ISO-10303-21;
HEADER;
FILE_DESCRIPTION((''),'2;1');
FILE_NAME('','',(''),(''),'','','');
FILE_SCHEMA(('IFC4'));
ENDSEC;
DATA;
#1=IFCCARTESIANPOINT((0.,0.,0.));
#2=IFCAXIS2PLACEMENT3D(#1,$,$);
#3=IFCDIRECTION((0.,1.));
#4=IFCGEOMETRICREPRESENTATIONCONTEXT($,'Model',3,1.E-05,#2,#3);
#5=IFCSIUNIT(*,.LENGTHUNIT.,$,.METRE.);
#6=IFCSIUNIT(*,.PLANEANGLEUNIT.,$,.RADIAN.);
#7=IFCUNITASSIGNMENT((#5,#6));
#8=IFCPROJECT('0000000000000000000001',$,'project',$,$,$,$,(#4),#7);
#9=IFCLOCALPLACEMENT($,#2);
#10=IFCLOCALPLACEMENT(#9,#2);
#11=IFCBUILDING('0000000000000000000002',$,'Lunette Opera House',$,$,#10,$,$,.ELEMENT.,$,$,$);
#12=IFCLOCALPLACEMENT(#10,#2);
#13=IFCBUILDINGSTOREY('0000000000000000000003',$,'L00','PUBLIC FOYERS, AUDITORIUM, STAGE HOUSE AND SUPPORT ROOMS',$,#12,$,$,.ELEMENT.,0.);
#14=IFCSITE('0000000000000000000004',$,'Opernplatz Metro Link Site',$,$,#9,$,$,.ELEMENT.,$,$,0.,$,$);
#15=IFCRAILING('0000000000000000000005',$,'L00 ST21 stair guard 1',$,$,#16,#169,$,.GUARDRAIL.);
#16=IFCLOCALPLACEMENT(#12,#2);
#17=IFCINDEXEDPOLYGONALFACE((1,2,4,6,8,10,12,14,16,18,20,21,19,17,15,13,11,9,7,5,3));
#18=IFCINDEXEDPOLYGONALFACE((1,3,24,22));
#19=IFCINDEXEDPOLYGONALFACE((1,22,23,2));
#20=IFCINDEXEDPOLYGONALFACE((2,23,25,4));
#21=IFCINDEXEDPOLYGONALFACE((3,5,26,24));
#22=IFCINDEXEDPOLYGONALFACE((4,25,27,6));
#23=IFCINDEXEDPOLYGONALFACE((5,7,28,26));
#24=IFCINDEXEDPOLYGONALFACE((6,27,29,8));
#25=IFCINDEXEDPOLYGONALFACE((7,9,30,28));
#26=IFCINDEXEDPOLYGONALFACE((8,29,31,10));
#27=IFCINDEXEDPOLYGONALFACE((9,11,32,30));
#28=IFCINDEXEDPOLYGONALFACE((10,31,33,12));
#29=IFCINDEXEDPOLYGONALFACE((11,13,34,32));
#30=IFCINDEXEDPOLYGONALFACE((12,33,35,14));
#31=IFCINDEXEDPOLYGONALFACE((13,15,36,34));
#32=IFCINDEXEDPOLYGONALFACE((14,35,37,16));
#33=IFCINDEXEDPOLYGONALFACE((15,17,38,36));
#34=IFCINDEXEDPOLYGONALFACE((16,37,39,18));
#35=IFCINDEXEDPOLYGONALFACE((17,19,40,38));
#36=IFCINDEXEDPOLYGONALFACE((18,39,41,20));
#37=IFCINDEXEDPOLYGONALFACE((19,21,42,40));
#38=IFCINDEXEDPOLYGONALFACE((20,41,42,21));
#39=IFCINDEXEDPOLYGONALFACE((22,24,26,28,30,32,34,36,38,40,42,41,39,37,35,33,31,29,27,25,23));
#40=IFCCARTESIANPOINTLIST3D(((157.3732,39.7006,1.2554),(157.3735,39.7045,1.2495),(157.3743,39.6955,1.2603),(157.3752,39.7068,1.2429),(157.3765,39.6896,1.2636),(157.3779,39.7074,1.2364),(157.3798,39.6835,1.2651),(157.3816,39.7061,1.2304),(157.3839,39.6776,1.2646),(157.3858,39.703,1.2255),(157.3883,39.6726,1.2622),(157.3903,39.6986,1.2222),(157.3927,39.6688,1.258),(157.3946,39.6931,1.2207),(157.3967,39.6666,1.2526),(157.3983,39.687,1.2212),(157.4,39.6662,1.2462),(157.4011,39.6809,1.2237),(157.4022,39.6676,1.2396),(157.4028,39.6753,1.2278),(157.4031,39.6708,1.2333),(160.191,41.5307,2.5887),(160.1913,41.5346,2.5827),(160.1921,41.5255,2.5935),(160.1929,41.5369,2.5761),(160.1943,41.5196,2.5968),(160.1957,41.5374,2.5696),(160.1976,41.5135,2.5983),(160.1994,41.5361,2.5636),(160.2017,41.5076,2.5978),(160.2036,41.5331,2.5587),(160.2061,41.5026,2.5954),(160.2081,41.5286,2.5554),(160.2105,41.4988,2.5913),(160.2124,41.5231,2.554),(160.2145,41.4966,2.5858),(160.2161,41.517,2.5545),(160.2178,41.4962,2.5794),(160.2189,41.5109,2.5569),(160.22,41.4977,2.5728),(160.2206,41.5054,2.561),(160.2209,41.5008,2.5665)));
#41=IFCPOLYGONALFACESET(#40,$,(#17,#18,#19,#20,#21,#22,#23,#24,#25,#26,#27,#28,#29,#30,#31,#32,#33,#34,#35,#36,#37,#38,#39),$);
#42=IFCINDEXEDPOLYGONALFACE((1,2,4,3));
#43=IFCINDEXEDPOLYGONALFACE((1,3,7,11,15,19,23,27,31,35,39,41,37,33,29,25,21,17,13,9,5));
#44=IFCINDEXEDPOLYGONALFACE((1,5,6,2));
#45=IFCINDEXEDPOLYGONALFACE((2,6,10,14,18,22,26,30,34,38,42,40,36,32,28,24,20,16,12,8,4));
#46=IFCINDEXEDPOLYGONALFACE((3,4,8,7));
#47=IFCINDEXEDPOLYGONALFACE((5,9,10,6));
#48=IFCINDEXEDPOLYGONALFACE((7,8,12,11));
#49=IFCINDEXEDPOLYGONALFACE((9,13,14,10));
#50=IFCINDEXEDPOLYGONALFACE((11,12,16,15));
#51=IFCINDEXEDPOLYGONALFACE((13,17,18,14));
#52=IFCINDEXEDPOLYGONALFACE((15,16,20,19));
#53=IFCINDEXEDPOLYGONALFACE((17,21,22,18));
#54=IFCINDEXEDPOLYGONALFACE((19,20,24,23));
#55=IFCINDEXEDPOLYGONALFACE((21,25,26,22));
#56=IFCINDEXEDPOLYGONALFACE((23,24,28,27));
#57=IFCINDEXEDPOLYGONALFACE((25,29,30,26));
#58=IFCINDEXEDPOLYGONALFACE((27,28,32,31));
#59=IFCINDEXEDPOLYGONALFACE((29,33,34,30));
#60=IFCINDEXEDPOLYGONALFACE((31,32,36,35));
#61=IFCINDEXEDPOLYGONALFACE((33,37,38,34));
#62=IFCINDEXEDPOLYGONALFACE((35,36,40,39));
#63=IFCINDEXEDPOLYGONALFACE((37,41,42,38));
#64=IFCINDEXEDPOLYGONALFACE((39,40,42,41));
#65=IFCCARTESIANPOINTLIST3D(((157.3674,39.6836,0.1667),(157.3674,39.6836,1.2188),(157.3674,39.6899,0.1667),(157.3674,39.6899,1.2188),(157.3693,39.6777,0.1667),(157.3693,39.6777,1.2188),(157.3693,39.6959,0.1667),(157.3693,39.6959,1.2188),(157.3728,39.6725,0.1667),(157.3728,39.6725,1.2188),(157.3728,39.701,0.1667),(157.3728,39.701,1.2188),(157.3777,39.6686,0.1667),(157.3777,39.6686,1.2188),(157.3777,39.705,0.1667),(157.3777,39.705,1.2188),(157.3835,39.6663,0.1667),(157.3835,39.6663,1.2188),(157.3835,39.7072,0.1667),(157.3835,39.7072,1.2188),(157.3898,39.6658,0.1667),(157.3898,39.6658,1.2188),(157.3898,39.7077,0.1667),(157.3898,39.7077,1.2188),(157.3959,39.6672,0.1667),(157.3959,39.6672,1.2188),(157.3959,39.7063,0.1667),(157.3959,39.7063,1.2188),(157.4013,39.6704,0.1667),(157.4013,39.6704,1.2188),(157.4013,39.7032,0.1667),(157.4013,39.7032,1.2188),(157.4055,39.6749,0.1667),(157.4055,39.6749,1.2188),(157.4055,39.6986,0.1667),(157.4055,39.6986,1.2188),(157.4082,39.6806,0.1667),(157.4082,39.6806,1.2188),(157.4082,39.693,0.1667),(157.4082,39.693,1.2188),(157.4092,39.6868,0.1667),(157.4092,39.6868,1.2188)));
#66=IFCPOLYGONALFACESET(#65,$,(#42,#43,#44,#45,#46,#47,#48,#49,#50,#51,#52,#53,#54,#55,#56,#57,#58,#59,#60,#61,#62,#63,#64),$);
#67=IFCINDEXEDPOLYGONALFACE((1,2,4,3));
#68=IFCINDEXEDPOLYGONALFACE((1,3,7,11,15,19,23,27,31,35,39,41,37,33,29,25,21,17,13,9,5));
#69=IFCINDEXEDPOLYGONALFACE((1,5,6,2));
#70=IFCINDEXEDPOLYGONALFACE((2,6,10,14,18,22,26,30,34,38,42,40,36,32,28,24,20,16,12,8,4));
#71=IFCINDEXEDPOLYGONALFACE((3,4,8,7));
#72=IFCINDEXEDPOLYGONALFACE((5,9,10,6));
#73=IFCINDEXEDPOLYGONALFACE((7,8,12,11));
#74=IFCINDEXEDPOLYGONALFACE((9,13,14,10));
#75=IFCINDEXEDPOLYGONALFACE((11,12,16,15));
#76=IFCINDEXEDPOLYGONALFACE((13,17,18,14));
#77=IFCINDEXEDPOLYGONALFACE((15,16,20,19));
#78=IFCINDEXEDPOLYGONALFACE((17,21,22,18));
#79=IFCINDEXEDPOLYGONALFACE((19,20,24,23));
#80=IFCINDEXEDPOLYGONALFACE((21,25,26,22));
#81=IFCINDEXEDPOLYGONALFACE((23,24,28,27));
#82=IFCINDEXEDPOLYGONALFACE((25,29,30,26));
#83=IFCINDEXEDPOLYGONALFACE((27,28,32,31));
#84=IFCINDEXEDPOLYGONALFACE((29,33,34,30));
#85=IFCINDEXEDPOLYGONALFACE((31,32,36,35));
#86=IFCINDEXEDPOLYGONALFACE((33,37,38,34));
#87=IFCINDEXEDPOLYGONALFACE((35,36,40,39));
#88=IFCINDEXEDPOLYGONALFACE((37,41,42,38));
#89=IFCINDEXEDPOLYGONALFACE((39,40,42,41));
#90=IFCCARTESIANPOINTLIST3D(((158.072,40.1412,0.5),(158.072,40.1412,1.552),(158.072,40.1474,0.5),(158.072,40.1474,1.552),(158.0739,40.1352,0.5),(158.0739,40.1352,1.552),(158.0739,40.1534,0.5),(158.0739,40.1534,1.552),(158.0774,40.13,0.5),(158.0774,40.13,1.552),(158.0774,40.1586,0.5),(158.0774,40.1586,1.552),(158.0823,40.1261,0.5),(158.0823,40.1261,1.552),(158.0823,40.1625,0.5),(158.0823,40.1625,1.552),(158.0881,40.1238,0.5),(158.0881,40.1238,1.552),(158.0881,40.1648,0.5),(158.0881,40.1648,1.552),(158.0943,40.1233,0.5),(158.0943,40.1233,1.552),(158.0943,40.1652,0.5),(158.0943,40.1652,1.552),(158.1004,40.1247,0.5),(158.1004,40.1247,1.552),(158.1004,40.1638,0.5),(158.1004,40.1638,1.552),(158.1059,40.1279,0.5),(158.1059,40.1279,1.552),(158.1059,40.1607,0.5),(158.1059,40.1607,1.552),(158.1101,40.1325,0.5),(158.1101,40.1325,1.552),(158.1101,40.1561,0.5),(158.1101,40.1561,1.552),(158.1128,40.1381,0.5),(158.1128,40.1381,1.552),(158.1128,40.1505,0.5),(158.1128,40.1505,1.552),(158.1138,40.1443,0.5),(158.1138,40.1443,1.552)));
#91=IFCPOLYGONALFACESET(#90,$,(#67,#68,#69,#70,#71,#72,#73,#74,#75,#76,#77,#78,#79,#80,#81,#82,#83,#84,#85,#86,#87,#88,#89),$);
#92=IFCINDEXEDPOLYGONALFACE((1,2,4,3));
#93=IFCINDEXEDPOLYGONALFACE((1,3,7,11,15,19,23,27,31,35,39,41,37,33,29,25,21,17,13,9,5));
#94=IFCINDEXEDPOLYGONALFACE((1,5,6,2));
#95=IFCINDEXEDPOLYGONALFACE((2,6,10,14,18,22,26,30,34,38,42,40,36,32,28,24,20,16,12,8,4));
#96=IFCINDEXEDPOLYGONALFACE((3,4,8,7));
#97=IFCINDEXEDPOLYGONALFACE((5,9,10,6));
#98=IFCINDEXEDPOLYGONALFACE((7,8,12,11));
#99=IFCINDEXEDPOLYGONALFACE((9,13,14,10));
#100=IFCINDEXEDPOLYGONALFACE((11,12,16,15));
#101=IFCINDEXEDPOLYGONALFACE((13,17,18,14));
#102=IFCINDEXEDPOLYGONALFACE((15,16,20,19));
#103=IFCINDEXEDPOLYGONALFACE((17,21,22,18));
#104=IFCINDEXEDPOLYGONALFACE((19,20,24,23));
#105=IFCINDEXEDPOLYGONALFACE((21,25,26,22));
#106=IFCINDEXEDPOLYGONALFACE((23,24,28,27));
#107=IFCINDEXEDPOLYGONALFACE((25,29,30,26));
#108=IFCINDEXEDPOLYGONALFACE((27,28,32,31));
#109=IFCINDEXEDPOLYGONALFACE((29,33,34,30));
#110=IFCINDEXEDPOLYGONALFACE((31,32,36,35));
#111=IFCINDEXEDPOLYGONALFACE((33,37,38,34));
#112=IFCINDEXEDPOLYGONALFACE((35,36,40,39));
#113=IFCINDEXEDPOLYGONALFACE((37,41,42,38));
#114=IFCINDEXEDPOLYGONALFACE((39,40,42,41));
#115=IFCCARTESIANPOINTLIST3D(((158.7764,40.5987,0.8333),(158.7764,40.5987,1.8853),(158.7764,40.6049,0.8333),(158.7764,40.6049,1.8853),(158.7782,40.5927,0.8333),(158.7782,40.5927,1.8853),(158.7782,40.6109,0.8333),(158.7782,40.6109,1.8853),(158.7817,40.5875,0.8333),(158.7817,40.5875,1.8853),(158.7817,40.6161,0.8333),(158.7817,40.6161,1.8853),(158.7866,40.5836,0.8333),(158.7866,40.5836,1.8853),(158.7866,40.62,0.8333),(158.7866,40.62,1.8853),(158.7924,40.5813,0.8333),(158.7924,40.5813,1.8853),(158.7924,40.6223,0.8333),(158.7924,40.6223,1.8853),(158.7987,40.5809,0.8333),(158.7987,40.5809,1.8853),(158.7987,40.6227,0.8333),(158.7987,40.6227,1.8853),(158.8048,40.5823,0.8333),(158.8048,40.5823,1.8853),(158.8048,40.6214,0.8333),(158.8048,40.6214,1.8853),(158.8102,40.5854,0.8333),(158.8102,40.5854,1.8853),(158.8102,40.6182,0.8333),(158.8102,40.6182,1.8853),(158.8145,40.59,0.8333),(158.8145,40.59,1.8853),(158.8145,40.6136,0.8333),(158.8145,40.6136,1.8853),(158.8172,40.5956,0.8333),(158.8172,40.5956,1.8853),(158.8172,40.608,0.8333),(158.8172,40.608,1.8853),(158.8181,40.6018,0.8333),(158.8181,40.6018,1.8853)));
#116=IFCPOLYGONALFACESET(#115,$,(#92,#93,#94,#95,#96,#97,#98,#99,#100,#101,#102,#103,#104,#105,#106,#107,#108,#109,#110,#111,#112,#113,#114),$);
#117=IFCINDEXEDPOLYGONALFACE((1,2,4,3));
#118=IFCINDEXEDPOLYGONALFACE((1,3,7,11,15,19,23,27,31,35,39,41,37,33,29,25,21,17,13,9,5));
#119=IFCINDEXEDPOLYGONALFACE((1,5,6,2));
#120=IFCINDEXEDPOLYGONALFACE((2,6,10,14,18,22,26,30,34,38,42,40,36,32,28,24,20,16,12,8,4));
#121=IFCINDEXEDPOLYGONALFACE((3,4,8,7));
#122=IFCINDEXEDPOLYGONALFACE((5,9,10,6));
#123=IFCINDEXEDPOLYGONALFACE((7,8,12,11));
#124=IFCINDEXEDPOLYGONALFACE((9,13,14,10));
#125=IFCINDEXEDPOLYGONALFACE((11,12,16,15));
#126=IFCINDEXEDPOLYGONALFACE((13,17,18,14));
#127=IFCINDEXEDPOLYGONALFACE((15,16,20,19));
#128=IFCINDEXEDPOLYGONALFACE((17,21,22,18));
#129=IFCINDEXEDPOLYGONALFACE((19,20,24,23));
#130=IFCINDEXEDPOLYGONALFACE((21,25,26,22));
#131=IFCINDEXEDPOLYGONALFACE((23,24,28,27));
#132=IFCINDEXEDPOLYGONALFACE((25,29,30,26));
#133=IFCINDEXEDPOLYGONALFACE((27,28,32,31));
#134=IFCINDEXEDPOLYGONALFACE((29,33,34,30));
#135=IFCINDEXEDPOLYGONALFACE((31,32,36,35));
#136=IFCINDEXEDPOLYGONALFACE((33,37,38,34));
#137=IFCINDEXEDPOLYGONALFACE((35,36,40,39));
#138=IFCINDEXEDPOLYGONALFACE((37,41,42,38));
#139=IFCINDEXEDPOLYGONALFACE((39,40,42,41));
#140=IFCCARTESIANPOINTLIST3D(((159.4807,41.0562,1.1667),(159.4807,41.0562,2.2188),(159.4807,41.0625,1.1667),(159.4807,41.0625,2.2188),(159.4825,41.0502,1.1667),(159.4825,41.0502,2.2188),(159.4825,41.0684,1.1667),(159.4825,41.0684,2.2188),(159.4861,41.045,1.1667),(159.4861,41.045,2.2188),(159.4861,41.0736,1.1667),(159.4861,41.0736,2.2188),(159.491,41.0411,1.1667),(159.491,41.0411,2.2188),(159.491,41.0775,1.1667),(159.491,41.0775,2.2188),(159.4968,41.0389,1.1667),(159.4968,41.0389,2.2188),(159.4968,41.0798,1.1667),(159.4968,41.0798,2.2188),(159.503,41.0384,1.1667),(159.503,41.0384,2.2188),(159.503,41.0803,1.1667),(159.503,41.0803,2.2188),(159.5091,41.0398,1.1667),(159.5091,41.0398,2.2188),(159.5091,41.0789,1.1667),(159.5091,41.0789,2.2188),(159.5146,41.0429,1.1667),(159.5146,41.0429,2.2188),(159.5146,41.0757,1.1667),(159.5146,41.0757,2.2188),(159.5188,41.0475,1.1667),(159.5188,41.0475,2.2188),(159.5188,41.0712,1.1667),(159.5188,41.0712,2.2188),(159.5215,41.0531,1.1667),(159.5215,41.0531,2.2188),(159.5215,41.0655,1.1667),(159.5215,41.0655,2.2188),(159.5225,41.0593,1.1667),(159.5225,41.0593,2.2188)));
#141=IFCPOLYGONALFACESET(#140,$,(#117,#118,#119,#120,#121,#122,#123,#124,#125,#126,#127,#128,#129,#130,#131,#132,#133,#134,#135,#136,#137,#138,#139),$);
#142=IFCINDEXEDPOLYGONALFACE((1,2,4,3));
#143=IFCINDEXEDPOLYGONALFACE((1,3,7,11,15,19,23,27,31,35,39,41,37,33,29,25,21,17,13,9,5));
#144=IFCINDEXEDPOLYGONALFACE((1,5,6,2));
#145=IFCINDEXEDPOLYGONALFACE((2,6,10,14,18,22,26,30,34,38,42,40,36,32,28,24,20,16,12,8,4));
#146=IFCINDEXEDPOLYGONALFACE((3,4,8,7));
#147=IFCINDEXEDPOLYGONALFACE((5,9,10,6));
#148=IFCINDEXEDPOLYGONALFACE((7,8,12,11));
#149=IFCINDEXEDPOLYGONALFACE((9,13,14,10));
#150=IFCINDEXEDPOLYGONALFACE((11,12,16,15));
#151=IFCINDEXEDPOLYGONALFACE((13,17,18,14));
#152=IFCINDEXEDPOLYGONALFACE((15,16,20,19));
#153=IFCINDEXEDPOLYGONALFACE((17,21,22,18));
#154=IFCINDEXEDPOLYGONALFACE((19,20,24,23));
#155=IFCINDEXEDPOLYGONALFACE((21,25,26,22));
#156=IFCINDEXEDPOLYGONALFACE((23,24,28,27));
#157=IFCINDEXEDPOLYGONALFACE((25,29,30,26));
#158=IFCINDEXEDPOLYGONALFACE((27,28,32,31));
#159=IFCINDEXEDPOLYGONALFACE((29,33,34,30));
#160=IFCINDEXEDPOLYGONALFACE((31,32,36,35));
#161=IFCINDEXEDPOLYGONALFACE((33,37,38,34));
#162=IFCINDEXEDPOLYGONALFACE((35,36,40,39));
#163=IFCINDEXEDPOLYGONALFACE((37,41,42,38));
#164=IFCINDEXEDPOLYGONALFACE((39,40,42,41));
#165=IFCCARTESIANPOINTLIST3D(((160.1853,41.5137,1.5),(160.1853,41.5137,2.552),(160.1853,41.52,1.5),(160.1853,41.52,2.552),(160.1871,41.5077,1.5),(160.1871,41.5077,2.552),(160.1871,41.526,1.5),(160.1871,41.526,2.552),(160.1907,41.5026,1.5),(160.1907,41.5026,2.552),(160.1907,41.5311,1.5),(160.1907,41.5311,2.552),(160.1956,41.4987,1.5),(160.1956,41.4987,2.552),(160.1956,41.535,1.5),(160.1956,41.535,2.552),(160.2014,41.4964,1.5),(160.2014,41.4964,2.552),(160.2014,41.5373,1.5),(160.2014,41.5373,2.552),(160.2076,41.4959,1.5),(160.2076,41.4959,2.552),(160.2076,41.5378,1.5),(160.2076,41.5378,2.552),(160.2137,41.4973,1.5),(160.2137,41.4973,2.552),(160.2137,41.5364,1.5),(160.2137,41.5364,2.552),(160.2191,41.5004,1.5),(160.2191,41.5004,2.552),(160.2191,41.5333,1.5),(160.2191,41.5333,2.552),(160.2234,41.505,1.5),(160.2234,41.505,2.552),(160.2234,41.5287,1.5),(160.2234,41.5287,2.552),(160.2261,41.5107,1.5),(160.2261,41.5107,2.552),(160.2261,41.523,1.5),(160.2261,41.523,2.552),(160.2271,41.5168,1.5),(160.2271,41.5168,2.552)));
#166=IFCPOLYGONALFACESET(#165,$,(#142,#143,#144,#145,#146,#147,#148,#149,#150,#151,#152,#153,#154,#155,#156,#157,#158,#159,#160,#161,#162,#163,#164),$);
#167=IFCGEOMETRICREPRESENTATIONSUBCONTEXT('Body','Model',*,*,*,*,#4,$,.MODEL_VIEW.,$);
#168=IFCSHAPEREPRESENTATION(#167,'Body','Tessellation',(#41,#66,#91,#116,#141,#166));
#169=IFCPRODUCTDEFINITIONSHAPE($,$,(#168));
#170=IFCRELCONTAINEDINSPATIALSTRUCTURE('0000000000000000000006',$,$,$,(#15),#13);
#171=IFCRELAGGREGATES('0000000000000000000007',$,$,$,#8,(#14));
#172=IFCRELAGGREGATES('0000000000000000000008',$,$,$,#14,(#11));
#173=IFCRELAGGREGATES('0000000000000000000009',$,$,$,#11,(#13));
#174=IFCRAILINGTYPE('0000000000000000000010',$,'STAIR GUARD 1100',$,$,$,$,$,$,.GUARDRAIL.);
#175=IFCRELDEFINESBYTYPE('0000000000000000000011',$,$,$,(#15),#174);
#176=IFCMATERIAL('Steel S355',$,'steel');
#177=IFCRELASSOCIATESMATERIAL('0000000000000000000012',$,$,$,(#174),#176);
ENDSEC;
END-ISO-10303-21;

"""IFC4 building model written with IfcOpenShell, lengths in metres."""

from ifc_helpers import new_model, si_unit, direction, frame, origin, origin_2d, place, context, subcontext, project, spatial, circle, extrude, material, type_object, element, save


model = new_model("IFC4")

# Units and contexts
model_context = context("Model", 3, precision=1e-05, world=origin(), true_north=direction((0.0, 1.0)))
body_context = subcontext(model_context, "Body", "Model", "MODEL_VIEW")
ifc_project = project(units=[si_unit("LENGTHUNIT", "METRE"), si_unit("PLANEANGLEUNIT", "RADIAN")], contexts=[model_context])

# Site, building, storey
site_placement = place(None, origin())
site = spatial("IfcSite", under=ifc_project, at=site_placement, Name="Opernplatz Metro Link Site", CompositionType="ELEMENT", RefElevation=0.0)
building_placement = place(site_placement, origin())
building = spatial("IfcBuilding", under=site, at=building_placement, Name="Lunette Opera House", CompositionType="ELEMENT")
storey_placement = place(building_placement, origin())
storey = spatial("IfcBuildingStorey", under=building, at=storey_placement, Name="L00", Description="PUBLIC FOYERS, AUDITORIUM, STAGE HOUSE AND SUPPORT ROOMS", CompositionType="ELEMENT", Elevation=0.0)

# Railing
ifc_material_1 = material(Name="Steel S355", Category="steel")
railing_type_1 = type_object("IfcRailingType", Name="STAIR GUARD 1100", PredefinedType="GUARDRAIL", material=ifc_material_1)
railing_1_placement = place(storey_placement, frame((157.3882, 39.6868, 0.1667)))
element("IfcRailing", 1, at=railing_1_placement, inside=storey, type_object=railing_type_1, Name="L00 ST21 stair guard 1", PredefinedType="GUARDRAIL", context=body_context, shape_type="SweptSolid", body=[
    extrude(circle(Radius=0.0239, at=origin_2d()), frame((0.0, 0.0, 1.0762), z_axis=(0.779526, 0.506267, 0.368826), x_axis=(-0.544667, 0.838653, 0.0)), (0.0, 0.0, 1.0), 3.6147),
    extrude(circle(Radius=0.021, at=origin_2d()), origin(), (0.0, 0.0, 1.0), 1.052),
    extrude(circle(Radius=0.021, at=origin_2d()), frame((0.7046, 0.4575, 0.3333)), (0.0, 0.0, 1.0), 1.052),
    extrude(circle(Radius=0.021, at=origin_2d()), frame((1.4089, 0.915, 0.6665)), (0.0, 0.0, 1.0), 1.052),
    extrude(circle(Radius=0.021, at=origin_2d()), frame((2.1133, 1.3726, 1.0)), (0.0, 0.0, 1.0), 1.052),
    extrude(circle(Radius=0.021, at=origin_2d()), frame((2.8179, 1.8301, 1.3333)), (0.0, 0.0, 1.0), 1.052),
])

save(model, "model.ifc")
